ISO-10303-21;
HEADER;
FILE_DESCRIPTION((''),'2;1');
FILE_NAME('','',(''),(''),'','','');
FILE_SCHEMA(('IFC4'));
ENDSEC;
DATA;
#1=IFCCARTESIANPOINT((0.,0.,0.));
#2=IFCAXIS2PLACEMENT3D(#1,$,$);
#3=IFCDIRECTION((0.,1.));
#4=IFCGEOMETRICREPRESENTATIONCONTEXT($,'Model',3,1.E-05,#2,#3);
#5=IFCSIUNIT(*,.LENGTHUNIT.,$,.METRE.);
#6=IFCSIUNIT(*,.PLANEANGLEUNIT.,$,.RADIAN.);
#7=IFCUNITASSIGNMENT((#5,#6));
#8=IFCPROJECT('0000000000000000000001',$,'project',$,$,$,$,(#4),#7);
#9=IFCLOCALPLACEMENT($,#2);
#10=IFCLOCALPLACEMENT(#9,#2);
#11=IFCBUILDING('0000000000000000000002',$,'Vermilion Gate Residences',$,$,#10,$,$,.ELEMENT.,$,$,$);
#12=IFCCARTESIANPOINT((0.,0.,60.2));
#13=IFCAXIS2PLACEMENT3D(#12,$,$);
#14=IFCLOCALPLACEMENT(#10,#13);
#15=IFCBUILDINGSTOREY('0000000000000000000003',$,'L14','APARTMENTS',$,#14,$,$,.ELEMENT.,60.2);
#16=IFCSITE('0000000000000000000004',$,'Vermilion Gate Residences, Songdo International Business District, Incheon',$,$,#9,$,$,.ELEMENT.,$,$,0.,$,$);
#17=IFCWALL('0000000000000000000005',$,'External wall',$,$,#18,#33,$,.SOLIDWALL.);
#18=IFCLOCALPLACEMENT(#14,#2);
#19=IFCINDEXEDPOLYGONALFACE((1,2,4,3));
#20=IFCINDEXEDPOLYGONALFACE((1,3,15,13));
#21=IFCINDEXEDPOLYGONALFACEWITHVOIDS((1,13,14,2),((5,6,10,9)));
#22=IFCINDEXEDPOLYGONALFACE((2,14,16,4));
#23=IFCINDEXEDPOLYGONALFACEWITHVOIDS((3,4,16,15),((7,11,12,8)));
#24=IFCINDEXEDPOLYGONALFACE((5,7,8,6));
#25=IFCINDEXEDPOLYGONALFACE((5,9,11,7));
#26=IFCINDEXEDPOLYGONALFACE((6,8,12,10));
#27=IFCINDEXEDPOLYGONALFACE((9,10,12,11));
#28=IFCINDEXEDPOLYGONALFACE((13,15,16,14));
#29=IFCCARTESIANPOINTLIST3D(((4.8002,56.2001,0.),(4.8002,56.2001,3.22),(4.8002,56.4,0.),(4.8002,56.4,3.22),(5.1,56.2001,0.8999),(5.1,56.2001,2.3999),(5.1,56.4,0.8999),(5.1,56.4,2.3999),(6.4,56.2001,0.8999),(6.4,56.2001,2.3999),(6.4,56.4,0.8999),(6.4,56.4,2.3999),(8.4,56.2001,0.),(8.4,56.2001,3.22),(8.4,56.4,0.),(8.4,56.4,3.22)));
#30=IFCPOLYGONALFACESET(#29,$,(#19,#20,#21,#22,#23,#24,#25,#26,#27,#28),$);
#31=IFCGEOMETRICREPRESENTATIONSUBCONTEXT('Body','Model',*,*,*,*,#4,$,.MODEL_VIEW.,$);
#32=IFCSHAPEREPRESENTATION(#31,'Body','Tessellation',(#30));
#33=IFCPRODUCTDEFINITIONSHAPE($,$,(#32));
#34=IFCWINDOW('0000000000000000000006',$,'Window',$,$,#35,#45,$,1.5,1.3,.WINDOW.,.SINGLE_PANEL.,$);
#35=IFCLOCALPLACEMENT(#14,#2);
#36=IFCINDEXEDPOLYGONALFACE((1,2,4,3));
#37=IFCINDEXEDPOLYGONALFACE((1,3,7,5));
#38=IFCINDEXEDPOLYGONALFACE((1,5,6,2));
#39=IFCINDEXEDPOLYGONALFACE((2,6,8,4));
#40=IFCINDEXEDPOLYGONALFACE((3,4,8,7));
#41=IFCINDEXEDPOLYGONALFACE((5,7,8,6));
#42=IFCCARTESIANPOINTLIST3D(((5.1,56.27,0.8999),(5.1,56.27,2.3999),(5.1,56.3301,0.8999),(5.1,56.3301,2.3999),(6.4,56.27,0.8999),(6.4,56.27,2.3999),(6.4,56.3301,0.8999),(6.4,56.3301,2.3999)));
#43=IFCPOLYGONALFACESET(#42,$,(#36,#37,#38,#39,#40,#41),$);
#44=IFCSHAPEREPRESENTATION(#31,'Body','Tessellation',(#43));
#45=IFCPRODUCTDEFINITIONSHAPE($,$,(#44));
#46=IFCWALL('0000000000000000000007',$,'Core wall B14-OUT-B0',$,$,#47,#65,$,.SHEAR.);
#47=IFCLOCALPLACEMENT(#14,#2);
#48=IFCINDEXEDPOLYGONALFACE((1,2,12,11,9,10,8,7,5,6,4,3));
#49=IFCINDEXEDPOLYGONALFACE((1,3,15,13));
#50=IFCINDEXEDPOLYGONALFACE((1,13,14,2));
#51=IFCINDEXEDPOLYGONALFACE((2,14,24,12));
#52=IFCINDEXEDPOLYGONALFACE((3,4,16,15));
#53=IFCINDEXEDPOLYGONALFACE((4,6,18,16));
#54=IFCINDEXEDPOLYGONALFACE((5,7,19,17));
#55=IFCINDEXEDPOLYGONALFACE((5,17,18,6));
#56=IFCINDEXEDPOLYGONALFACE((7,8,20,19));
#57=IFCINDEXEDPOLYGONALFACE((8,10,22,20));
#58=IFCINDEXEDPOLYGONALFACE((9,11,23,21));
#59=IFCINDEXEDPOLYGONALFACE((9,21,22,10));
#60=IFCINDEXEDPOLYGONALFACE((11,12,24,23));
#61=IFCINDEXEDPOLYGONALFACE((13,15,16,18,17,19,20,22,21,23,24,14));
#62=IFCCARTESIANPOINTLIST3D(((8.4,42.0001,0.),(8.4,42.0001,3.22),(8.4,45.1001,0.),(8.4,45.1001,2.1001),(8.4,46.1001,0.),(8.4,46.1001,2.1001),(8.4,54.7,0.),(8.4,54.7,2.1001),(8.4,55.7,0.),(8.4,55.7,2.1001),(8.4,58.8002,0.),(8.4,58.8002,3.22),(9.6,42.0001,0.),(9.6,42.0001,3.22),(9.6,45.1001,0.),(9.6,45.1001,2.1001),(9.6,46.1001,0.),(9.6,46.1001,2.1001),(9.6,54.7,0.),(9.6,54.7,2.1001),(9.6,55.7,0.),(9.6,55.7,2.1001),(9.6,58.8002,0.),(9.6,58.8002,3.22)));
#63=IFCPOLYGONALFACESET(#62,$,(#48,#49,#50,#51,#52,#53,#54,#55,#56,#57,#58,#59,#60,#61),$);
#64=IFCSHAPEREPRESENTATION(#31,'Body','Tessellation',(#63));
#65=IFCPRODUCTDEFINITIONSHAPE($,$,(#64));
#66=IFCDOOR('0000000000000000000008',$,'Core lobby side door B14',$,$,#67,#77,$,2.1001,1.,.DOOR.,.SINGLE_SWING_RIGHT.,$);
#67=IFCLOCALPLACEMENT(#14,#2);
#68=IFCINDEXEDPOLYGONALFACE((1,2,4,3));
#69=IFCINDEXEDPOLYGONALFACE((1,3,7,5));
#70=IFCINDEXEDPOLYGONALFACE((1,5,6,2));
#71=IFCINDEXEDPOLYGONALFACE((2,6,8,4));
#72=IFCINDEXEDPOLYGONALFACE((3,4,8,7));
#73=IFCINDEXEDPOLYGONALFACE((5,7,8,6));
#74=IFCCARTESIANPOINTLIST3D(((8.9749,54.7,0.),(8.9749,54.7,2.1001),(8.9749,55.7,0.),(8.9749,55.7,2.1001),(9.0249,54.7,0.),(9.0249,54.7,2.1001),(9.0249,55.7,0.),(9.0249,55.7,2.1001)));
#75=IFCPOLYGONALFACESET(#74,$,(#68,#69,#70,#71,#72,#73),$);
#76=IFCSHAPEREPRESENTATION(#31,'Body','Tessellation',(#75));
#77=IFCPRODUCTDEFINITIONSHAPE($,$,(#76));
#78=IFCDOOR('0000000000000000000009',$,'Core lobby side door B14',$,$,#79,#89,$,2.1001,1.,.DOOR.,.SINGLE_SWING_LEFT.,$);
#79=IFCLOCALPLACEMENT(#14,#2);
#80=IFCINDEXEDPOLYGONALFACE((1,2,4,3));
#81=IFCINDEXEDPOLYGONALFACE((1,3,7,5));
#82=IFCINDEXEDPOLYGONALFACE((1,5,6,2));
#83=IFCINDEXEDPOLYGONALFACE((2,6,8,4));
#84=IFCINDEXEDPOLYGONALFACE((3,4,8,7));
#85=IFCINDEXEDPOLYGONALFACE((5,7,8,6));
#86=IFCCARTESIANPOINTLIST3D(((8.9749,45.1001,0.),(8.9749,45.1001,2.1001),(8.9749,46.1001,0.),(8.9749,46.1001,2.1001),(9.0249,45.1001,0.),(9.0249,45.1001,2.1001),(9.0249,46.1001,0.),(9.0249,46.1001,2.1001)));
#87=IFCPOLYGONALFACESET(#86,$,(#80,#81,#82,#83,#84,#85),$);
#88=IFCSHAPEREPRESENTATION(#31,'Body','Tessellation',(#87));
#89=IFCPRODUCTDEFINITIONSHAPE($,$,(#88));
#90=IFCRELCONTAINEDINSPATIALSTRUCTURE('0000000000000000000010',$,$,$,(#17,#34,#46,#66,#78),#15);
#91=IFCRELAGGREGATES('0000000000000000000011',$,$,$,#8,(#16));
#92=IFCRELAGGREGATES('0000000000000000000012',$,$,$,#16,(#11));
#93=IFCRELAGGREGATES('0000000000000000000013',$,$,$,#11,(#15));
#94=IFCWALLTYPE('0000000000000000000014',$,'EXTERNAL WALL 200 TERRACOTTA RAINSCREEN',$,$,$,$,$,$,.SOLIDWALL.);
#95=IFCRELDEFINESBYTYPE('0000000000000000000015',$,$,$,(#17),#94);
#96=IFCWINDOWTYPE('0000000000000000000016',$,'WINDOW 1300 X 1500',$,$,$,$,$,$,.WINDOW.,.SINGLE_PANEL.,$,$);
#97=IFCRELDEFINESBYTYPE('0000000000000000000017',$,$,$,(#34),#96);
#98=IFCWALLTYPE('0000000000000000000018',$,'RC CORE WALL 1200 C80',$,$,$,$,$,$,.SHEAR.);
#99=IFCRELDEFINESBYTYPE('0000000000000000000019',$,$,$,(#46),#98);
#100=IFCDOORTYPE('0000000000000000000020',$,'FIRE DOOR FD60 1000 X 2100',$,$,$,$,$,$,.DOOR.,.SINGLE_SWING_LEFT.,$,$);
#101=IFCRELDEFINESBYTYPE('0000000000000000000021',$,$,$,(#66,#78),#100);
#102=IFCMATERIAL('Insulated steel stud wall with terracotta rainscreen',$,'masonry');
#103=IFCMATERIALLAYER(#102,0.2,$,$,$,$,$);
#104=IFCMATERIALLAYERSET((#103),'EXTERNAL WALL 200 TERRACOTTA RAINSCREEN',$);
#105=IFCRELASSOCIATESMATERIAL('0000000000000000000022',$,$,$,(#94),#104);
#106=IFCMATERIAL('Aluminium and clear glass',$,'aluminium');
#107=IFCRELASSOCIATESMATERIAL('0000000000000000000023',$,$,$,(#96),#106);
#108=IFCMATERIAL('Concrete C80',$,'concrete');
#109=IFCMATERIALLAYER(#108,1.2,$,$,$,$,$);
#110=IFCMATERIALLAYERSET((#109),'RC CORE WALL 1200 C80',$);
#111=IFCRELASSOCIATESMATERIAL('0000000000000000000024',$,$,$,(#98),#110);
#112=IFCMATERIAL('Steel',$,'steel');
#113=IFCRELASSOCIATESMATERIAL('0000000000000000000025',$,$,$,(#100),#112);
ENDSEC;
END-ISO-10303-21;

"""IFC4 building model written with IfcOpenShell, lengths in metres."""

from ifc_helpers import new_model, si_unit, direction, frame, frame_2d, origin, place, context, subcontext, project, spatial, rectangle, extrude, material, layer, layer_set, type_object, element, fill, save


model = new_model("IFC4")

# Units and contexts
model_context = context("Model", 3, precision=1e-05, world=origin(), true_north=direction((0.0, 1.0)))
body_context = subcontext(model_context, "Body", "Model", "MODEL_VIEW")
ifc_project = project(units=[si_unit("LENGTHUNIT", "METRE"), si_unit("PLANEANGLEUNIT", "RADIAN")], contexts=[model_context])

# Site, building, storey
site_placement = place(None, origin())
site = spatial("IfcSite", under=ifc_project, at=site_placement, Name="Vermilion Gate Residences, Songdo International Business District, Incheon", CompositionType="ELEMENT", RefElevation=0.0)
building_placement = place(site_placement, origin())
building = spatial("IfcBuilding", under=site, at=building_placement, Name="Vermilion Gate Residences", CompositionType="ELEMENT")
storey_placement = place(building_placement, frame((0.0, 0.0, 60.2)))
storey = spatial("IfcBuildingStorey", under=building, at=storey_placement, Name="L14", Description="APARTMENTS", CompositionType="ELEMENT", Elevation=60.2)

# Wall, opening, window
ifc_material_1 = material(Name="Insulated steel stud wall with terracotta rainscreen", Category="masonry")
ifc_layer_1 = layer(ifc_material_1, 0.2)
ifc_layer_set_1 = layer_set([ifc_layer_1], Name="EXTERNAL WALL 200 TERRACOTTA RAINSCREEN")
wall_type_1 = type_object("IfcWallType", Name="EXTERNAL WALL 200 TERRACOTTA RAINSCREEN", PredefinedType="SOLIDWALL", material=ifc_layer_set_1)
wall_1_placement = place(storey_placement, frame((8.3999, 56.3, 0.0), z_axis=(0.0, 0.0, 1.0), x_axis=(-1.0, 0.0, 0.0)))
wall_1 = element("IfcWall", 1, at=wall_1_placement, inside=storey, type_object=wall_type_1, Name="External wall", PredefinedType="SOLIDWALL", context=body_context, shape_type="SweptSolid", body=[
    extrude(rectangle(XDim=3.5999, YDim=0.2, at=frame_2d((1.7998, 0.0))), origin(), (0.0, 0.0, 1.0), 3.22),
])
opening_1_placement = place(wall_1_placement, frame((2.0, 0.0, 0.8999)))
opening_1 = element("IfcOpeningElement", 2, at=opening_1_placement, cuts=wall_1, PredefinedType="OPENING", context=body_context, shape_type="SweptSolid", body=[
    extrude(rectangle(XDim=1.3, YDim=1.5, at=frame_2d((0.6499, 0.75))), frame((0.0, 0.1099, 0.0), z_axis=(0.0, -1.0, 0.0), x_axis=(1.0, 0.0, 0.0)), (0.0, 0.0, 1.0), 0.22),
])
ifc_material_2 = material(Name="Aluminium and clear glass", Category="aluminium")
window_type_1 = type_object("IfcWindowType", Name="WINDOW 1300 X 1500", PartitioningType="SINGLE_PANEL", PredefinedType="WINDOW", material=ifc_material_2)
window_1_placement = place(opening_1_placement, origin())
window_1 = element("IfcWindow", 3, at=window_1_placement, inside=storey, type_object=window_type_1, Name="Window", OverallHeight=1.5, OverallWidth=1.3, PartitioningType="SINGLE_PANEL", PredefinedType="WINDOW", context=body_context, shape_type="SweptSolid", body=[
    extrude(rectangle(XDim=1.3, YDim=1.5, at=frame_2d((0.6499, 0.75))), frame((0.0, 0.03, 0.0), z_axis=(0.0, -1.0, 0.0), x_axis=(1.0, 0.0, 0.0)), (0.0, 0.0, 1.0), 0.0601),
])
fill(opening_1, window_1)

# Wall, openings, doors
ifc_material_3 = material(Name="Concrete C80", Category="concrete")
ifc_layer_2 = layer(ifc_material_3, 1.2)
ifc_layer_set_2 = layer_set([ifc_layer_2], Name="RC CORE WALL 1200 C80")
wall_type_2 = type_object("IfcWallType", Name="RC CORE WALL 1200 C80", PredefinedType="SHEAR", material=ifc_layer_set_2)
wall_2_placement = place(storey_placement, frame((9.0, 58.8, 0.0), z_axis=(0.0, 0.0, 1.0), x_axis=(0.0, -1.0, 0.0)))
wall_2 = element("IfcWall", 4, at=wall_2_placement, inside=storey, type_object=wall_type_2, Name="Core wall B14-OUT-B0", PredefinedType="SHEAR", context=body_context, shape_type="SweptSolid", body=[
    extrude(rectangle(XDim=16.8, YDim=1.2, at=frame_2d((8.3999, 0.0))), origin(), (0.0, 0.0, 1.0), 3.22),
])
opening_2_placement = place(wall_2_placement, frame((3.1001, 0.0, 0.0)))
opening_2 = element("IfcOpeningElement", 5, at=opening_2_placement, cuts=wall_2, PredefinedType="OPENING", context=body_context, shape_type="SweptSolid", body=[
    extrude(rectangle(XDim=1.0, YDim=2.1001, at=frame_2d((0.5, 1.05))), frame((0.0, 0.6099, 0.0), z_axis=(0.0, -1.0, 0.0), x_axis=(1.0, 0.0, 0.0)), (0.0, 0.0, 1.0), 1.22),
])
opening_3_placement = place(wall_2_placement, frame((12.7, 0.0, 0.0)))
opening_3 = element("IfcOpeningElement", 6, at=opening_3_placement, cuts=wall_2, PredefinedType="OPENING", context=body_context, shape_type="SweptSolid", body=[
    extrude(rectangle(XDim=1.0, YDim=2.1001, at=frame_2d((0.5, 1.05))), frame((0.0, 0.6099, 0.0), z_axis=(0.0, -1.0, 0.0), x_axis=(1.0, 0.0, 0.0)), (0.0, 0.0, 1.0), 1.22),
])
ifc_material_4 = material(Name="Steel", Category="steel")
door_type_1 = type_object("IfcDoorType", Name="FIRE DOOR FD60 1000 X 2100", OperationType="SINGLE_SWING_LEFT", PredefinedType="DOOR", material=ifc_material_4)
door_1_placement = place(opening_2_placement, origin())
door_1 = element("IfcDoor", 7, at=door_1_placement, inside=storey, type_object=door_type_1, Name="Core lobby side door B14", OperationType="SINGLE_SWING_RIGHT", OverallHeight=2.1001, OverallWidth=1.0, PredefinedType="DOOR", context=body_context, shape_type="SweptSolid", body=[
    extrude(rectangle(XDim=1.0, YDim=2.1001, at=frame_2d((0.5, 1.05))), frame((0.0, 0.0249, 0.0), z_axis=(0.0, -1.0, 0.0), x_axis=(1.0, 0.0, 0.0)), (0.0, 0.0, 1.0), 0.05),
])
fill(opening_2, door_1)
door_2_placement = place(opening_3_placement, origin())
door_2 = element("IfcDoor", 8, at=door_2_placement, inside=storey, type_object=door_type_1, Name="Core lobby side door B14", OperationType="SINGLE_SWING_LEFT", OverallHeight=2.1001, OverallWidth=1.0, PredefinedType="DOOR", context=body_context, shape_type="SweptSolid", body=[
    extrude(rectangle(XDim=1.0, YDim=2.1001, at=frame_2d((0.5, 1.05))), frame((0.0, 0.0249, 0.0), z_axis=(0.0, -1.0, 0.0), x_axis=(1.0, 0.0, 0.0)), (0.0, 0.0, 1.0), 0.05),
])
fill(opening_3, door_2)

save(model, "model.ifc")
